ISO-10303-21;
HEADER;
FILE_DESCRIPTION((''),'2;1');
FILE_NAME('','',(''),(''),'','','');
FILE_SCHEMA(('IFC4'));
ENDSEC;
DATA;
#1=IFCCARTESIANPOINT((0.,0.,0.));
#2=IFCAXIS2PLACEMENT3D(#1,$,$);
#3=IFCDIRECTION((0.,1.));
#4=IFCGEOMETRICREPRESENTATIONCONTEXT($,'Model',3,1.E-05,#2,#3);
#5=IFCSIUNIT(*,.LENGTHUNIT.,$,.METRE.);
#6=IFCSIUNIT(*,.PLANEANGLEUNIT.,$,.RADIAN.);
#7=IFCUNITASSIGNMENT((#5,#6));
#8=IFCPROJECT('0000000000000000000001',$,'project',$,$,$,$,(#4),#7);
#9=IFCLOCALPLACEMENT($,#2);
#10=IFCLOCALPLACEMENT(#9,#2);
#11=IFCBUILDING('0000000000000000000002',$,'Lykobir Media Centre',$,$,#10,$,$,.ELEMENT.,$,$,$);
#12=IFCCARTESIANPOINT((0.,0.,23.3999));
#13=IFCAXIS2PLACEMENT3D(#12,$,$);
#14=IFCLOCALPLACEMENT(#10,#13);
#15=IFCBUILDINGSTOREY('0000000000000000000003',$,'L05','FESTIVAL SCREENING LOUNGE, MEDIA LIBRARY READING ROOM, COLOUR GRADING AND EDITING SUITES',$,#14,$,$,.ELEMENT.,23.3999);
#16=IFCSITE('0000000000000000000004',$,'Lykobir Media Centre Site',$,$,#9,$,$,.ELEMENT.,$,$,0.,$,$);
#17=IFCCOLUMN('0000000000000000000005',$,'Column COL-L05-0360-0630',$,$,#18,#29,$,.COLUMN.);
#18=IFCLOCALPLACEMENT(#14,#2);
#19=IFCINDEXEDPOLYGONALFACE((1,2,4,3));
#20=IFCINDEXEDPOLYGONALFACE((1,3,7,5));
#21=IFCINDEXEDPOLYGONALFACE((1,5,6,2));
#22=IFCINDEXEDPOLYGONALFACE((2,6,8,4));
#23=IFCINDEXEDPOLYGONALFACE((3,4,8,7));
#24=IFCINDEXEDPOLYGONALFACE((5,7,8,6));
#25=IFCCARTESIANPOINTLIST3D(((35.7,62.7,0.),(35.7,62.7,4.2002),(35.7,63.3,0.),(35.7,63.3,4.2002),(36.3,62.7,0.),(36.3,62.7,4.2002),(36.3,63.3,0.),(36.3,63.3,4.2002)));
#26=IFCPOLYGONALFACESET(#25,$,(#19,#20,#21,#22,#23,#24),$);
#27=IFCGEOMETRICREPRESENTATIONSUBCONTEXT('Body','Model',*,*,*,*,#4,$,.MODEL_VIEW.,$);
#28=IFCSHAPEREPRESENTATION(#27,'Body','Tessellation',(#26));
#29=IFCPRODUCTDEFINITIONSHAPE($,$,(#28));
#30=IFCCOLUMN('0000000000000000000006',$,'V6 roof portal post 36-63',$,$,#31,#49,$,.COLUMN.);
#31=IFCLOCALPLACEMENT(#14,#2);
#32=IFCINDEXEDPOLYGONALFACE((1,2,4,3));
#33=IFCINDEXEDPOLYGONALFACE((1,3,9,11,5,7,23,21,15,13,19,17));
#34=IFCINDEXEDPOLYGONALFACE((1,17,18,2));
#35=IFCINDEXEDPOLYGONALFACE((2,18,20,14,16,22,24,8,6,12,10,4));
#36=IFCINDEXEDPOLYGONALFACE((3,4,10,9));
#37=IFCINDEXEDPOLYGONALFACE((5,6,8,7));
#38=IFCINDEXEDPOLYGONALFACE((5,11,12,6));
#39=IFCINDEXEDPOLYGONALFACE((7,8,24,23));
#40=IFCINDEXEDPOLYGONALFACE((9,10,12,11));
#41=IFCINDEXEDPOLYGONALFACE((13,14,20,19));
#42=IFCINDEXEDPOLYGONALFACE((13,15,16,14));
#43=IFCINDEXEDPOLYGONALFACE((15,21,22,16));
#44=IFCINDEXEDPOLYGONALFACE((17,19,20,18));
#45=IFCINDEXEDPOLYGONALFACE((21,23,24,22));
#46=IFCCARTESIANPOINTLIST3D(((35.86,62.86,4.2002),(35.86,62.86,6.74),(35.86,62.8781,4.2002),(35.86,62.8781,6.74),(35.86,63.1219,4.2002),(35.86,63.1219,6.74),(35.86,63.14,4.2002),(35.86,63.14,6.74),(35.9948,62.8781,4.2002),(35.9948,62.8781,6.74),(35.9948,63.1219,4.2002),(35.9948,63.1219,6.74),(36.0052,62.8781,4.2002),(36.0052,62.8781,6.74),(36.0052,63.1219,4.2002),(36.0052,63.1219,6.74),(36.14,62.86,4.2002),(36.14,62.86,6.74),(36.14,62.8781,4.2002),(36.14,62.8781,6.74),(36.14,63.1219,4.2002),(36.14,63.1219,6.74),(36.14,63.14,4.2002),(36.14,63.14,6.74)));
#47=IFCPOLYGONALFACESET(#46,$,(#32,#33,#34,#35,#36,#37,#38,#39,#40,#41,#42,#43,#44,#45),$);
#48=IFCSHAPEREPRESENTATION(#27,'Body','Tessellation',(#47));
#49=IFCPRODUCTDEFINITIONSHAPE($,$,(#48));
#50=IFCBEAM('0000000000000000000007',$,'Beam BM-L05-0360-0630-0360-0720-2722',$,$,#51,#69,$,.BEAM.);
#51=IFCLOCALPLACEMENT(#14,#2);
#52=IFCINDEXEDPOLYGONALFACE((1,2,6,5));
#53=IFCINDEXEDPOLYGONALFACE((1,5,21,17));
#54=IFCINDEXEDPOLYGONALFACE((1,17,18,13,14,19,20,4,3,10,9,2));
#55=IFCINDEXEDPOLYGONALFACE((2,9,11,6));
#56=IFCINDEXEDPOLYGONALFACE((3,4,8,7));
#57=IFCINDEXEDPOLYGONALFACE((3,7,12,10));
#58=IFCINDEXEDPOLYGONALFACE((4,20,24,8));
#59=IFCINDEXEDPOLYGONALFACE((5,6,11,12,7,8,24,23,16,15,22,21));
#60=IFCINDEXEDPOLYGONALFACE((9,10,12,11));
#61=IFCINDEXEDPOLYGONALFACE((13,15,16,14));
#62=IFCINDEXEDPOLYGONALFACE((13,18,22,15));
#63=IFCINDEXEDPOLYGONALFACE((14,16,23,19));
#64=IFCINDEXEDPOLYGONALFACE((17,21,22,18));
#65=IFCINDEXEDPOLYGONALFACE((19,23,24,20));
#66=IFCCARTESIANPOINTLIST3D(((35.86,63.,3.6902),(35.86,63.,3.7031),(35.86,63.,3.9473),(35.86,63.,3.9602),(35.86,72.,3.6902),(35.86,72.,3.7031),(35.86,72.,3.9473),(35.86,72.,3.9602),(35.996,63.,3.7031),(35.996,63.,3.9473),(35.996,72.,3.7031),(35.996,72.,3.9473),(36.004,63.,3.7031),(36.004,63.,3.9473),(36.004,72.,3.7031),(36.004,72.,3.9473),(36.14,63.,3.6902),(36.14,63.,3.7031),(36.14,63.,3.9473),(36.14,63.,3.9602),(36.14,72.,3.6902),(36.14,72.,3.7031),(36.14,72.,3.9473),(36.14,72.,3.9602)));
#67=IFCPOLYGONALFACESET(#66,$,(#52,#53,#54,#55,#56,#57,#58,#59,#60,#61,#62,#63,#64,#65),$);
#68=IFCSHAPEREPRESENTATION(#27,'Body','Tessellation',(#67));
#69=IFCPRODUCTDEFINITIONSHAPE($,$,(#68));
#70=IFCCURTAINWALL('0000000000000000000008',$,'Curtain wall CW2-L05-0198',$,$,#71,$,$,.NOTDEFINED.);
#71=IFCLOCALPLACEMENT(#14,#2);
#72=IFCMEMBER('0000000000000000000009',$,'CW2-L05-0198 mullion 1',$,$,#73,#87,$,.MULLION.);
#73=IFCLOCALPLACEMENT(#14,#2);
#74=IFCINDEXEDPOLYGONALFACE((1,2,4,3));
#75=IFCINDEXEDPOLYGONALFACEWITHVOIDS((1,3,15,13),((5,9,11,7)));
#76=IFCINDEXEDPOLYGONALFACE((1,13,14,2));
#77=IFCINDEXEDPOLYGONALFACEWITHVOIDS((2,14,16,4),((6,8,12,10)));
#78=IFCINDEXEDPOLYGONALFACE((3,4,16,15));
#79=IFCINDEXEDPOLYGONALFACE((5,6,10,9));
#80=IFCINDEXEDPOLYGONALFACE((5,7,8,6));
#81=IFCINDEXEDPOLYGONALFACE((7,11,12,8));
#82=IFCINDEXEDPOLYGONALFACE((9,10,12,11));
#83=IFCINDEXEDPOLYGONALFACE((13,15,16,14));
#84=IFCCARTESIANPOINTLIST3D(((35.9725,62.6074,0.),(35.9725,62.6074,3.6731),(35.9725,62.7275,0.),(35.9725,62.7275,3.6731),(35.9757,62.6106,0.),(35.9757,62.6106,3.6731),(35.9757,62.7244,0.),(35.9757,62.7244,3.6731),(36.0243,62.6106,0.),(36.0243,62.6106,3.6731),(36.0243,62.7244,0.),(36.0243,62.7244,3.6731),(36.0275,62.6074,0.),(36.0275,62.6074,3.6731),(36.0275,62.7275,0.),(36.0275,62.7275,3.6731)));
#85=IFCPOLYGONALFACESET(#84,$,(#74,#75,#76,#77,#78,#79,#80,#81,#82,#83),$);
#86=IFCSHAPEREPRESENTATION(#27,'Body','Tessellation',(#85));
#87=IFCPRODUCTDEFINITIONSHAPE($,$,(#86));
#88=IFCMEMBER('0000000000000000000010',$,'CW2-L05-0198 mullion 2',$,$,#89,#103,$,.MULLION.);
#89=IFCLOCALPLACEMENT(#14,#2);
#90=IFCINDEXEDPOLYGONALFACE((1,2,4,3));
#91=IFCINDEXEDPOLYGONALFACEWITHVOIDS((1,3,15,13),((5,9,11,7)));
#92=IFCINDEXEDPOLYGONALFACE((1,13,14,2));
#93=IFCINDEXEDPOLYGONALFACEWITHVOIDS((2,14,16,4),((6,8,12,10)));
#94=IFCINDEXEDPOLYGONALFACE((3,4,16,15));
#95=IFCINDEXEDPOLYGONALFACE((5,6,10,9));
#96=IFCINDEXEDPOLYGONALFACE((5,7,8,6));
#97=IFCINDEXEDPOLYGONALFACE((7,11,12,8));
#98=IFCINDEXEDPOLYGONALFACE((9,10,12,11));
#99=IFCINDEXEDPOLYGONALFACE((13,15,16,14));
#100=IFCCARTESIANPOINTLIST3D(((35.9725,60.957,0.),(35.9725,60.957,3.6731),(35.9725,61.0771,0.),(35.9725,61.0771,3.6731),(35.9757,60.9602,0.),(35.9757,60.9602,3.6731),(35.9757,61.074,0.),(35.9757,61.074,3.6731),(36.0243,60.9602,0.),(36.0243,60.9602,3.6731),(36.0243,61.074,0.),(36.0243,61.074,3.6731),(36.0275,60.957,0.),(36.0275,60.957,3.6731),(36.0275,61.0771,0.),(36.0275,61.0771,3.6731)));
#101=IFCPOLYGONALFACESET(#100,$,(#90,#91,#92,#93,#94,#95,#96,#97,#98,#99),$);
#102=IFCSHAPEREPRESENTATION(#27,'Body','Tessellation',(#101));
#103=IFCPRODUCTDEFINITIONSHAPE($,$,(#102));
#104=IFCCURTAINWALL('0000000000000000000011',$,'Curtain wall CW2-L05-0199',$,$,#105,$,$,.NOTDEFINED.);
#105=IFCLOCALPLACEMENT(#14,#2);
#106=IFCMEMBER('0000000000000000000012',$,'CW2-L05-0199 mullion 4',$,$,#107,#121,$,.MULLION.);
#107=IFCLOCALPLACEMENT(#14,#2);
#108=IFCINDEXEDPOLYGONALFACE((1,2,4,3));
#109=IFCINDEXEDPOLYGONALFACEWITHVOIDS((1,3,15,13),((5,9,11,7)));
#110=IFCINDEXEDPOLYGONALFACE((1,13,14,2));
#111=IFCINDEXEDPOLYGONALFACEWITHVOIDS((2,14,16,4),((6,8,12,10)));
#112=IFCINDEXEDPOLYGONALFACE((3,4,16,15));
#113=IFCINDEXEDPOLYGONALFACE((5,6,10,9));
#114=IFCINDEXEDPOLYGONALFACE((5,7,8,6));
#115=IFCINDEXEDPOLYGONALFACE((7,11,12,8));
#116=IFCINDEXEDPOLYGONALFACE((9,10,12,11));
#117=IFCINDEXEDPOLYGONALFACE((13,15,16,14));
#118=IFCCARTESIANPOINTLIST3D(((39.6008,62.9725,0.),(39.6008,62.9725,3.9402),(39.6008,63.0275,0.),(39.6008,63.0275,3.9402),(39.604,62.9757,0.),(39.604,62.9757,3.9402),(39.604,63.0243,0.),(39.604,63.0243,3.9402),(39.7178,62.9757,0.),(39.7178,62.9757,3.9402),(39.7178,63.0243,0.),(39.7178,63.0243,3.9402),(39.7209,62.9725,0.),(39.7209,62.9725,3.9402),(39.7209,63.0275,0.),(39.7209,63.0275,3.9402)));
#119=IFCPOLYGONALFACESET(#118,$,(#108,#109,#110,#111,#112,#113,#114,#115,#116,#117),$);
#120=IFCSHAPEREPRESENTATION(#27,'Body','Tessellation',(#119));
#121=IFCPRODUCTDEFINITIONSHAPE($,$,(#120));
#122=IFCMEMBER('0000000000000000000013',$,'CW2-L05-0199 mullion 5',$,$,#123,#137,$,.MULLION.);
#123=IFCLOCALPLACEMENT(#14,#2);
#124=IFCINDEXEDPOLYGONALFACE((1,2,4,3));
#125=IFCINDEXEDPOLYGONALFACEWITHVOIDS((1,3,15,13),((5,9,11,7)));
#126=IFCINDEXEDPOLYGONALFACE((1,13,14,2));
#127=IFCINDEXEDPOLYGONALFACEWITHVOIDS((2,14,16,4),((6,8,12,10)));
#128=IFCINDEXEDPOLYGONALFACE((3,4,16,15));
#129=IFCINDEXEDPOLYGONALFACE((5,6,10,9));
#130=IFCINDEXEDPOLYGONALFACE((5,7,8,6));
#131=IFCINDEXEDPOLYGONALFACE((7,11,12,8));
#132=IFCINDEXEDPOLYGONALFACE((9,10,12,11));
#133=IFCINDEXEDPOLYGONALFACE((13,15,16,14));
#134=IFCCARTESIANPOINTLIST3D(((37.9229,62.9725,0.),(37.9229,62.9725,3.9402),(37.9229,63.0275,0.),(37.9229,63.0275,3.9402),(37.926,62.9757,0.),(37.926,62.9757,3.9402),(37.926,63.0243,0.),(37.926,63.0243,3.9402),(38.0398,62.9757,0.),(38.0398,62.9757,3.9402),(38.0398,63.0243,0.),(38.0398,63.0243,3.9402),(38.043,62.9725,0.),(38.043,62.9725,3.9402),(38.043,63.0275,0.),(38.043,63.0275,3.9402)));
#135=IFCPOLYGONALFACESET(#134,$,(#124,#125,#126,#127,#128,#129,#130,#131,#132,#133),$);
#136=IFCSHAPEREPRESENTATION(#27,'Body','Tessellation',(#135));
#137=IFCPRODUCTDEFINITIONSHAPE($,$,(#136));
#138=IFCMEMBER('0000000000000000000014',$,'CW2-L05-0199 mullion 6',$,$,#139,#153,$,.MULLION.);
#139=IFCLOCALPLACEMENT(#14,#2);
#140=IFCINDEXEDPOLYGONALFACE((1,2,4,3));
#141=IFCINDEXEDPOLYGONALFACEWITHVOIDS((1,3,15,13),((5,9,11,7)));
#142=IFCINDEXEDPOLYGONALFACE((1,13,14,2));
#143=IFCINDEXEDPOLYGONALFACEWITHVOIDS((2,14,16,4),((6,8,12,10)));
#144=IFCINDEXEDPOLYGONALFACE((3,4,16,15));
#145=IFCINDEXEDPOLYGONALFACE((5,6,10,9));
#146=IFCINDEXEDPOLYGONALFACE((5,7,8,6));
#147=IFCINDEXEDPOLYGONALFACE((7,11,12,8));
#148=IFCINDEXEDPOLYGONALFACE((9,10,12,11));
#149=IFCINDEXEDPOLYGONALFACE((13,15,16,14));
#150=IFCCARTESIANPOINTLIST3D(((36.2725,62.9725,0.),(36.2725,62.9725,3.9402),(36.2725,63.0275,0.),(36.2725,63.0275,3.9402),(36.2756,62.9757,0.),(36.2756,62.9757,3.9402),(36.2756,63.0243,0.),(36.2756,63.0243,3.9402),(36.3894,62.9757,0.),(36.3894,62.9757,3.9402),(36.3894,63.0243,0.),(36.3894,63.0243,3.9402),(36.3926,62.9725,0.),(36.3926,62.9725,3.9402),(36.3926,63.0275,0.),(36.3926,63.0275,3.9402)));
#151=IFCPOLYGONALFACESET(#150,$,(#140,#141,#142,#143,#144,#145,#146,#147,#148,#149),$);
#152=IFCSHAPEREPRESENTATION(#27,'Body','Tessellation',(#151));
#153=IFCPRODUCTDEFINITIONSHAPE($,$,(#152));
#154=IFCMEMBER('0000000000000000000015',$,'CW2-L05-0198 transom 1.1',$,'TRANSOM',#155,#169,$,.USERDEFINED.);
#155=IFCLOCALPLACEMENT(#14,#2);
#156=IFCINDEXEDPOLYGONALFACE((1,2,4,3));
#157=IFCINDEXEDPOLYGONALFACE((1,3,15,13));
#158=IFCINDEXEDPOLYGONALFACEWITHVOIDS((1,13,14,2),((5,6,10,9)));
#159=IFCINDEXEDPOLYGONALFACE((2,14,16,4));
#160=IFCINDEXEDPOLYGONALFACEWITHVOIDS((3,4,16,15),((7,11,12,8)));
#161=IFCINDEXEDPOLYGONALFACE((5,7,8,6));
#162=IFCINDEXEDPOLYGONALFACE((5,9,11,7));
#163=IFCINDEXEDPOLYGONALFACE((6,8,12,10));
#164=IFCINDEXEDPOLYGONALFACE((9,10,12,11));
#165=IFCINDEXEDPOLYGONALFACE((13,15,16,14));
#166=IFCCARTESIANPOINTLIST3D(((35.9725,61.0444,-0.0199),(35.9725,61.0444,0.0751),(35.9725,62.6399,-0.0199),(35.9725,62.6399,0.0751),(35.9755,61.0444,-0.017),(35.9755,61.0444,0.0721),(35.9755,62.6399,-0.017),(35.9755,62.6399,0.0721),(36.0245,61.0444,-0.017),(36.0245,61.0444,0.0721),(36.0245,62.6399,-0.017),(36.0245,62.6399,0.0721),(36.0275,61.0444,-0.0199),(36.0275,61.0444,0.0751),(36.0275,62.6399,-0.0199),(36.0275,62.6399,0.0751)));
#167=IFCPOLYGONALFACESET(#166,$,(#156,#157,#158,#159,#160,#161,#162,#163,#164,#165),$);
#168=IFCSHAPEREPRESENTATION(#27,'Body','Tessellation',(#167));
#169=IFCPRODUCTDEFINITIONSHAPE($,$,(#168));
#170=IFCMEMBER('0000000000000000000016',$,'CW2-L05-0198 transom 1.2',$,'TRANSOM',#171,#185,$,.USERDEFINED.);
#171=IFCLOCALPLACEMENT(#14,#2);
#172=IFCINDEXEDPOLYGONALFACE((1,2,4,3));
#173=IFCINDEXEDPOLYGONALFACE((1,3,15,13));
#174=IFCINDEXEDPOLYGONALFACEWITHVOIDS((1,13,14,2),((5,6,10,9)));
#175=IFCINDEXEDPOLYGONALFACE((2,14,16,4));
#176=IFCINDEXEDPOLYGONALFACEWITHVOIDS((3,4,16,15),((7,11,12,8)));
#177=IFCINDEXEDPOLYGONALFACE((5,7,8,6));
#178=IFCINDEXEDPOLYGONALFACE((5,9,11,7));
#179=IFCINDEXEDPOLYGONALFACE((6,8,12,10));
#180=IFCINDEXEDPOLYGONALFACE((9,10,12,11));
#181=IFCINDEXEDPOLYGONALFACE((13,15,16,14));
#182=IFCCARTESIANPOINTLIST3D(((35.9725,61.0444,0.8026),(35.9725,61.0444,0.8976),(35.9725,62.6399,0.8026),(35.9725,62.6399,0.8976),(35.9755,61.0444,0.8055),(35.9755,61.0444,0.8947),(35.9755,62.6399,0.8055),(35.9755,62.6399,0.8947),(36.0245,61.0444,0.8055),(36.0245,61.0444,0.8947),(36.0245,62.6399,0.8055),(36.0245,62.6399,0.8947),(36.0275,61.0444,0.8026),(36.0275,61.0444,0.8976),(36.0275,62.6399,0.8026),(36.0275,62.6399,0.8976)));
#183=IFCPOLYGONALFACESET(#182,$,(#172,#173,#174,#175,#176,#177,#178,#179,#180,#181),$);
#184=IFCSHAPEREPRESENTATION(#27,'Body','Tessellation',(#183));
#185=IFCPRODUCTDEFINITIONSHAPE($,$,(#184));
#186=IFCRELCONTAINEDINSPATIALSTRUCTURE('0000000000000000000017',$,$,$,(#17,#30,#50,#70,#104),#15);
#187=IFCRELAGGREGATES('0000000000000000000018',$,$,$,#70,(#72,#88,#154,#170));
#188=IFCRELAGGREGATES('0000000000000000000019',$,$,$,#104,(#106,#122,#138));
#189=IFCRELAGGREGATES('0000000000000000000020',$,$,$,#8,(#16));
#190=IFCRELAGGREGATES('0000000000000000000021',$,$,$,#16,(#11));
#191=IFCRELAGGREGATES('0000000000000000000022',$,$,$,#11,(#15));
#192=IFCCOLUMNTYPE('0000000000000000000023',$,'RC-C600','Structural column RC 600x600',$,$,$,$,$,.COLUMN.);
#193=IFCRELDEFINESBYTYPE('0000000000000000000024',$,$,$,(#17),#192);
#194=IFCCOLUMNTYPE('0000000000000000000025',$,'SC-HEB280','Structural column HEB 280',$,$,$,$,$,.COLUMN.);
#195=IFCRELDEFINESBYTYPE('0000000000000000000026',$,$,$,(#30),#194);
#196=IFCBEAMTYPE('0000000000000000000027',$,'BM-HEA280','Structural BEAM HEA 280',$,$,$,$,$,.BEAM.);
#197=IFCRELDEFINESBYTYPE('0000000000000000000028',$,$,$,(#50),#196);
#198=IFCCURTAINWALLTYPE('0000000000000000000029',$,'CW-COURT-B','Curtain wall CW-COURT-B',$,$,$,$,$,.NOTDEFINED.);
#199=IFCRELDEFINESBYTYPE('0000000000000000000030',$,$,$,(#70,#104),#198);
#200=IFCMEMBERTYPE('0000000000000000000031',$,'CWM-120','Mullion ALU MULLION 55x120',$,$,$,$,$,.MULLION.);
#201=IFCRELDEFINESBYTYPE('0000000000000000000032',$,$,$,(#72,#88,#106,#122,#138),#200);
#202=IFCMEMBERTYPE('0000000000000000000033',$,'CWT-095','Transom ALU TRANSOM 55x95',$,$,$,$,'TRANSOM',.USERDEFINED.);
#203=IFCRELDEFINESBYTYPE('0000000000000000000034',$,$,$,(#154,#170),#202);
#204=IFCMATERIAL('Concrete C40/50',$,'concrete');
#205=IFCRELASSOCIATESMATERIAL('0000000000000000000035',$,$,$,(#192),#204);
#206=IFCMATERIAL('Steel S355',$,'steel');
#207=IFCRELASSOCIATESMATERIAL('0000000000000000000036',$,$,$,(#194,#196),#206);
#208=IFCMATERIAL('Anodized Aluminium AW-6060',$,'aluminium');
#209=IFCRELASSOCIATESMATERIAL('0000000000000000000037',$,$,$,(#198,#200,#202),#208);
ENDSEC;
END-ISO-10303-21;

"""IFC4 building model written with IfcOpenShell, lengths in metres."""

from ifc_helpers import new_model, si_unit, direction, frame, origin, origin_2d, place, context, subcontext, project, spatial, rectangle, hollow_rectangle, i_section, extrude, material, material_profile, profile_set, type_object, element, aggregate, save


model = new_model("IFC4")

# Units and contexts
model_context = context("Model", 3, precision=1e-05, world=origin(), true_north=direction((0.0, 1.0)))
body_context = subcontext(model_context, "Body", "Model", "MODEL_VIEW")
ifc_project = project(units=[si_unit("LENGTHUNIT", "METRE"), si_unit("PLANEANGLEUNIT", "RADIAN")], contexts=[model_context])

# Site, building, storey
site_placement = place(None, origin())
site = spatial("IfcSite", under=ifc_project, at=site_placement, Name="Lykobir Media Centre Site", CompositionType="ELEMENT", RefElevation=0.0)
building_placement = place(site_placement, origin())
building = spatial("IfcBuilding", under=site, at=building_placement, Name="Lykobir Media Centre", CompositionType="ELEMENT")
storey_placement = place(building_placement, frame((0.0, 0.0, 23.3999)))
storey = spatial("IfcBuildingStorey", under=building, at=storey_placement, Name="L05", Description="FESTIVAL SCREENING LOUNGE, MEDIA LIBRARY READING ROOM, COLOUR GRADING AND EDITING SUITES", CompositionType="ELEMENT", Elevation=23.3999)

# Columns
ifc_material_1 = material(Name="Concrete C40/50", Category="concrete")
ifc_material_profile_1 = material_profile(ifc_material_1, rectangle(XDim=0.6001, YDim=0.6001, at=origin_2d()), Name="RC 600x600")
ifc_profile_set_1 = profile_set([ifc_material_profile_1], Name="Concrete C40/50")
column_type_1 = type_object("IfcColumnType", Name="RC-C600", Description="Structural column RC 600x600", PredefinedType="COLUMN", material=ifc_profile_set_1)
column_1_placement = place(storey_placement, frame((36.0, 63.0, 0.0), z_axis=(0.0, 0.0, 1.0), x_axis=(1.0, 0.0, 0.0)))
element("IfcColumn", 1, at=column_1_placement, inside=storey, type_object=column_type_1, Name="Column COL-L05-0360-0630", PredefinedType="COLUMN", context=body_context, shape_type="SweptSolid", body=[
    extrude(rectangle(XDim=0.6001, YDim=0.6001, at=origin_2d()), origin(), (0.0, 0.0, 1.0), 4.2002),
])
ifc_material_2 = material(Name="Steel S355", Category="steel")
ifc_material_profile_2 = material_profile(ifc_material_2, i_section(OverallWidth=0.28, OverallDepth=0.28, WebThickness=0.0105, FlangeThickness=0.0181, at=origin_2d()), Name="HEB 280")
ifc_profile_set_2 = profile_set([ifc_material_profile_2], Name="Steel S355")
column_type_2 = type_object("IfcColumnType", Name="SC-HEB280", Description="Structural column HEB 280", PredefinedType="COLUMN", material=ifc_profile_set_2)
column_2_placement = place(storey_placement, frame((36.0, 63.0, 4.2002), z_axis=(0.0, 0.0, 1.0), x_axis=(1.0, 0.0, 0.0)))
element("IfcColumn", 2, at=column_2_placement, inside=storey, type_object=column_type_2, Name="V6 roof portal post 36-63", PredefinedType="COLUMN", context=body_context, shape_type="SweptSolid", body=[
    extrude(i_section(OverallWidth=0.28, OverallDepth=0.28, WebThickness=0.0105, FlangeThickness=0.0181, at=origin_2d()), origin(), (0.0, 0.0, 1.0), 2.5398),
])

# Beam
ifc_material_profile_3 = material_profile(ifc_material_2, i_section(OverallWidth=0.28, OverallDepth=0.27, WebThickness=0.0081, FlangeThickness=0.0129, at=origin_2d()), Name="HEA 280")
ifc_profile_set_3 = profile_set([ifc_material_profile_3], Name="Steel S355")
beam_type = type_object("IfcBeamType", Name="BM-HEA280", Description="Structural BEAM HEA 280", PredefinedType="BEAM", material=ifc_profile_set_3)
beam_placement = place(storey_placement, frame((36.0, 63.0, 3.8252), z_axis=(0.0, 1.0, 0.0), x_axis=(-1.0, 0.0, 0.0)))
element("IfcBeam", 3, at=beam_placement, inside=storey, type_object=beam_type, Name="Beam BM-L05-0360-0630-0360-0720-2722", PredefinedType="BEAM", context=body_context, shape_type="SweptSolid", body=[
    extrude(i_section(OverallWidth=0.28, OverallDepth=0.27, WebThickness=0.0081, FlangeThickness=0.0129, at=origin_2d()), origin(), (0.0, 0.0, 1.0), 9.0),
])

# Curtain walls, members
ifc_material_3 = material(Name="Anodized Aluminium AW-6060", Category="aluminium")
curtain_wall_type = type_object("IfcCurtainWallType", Name="CW-COURT-B", Description="Curtain wall CW-COURT-B", PredefinedType="NOTDEFINED", material=ifc_material_3)
curtain_wall_1_placement = place(storey_placement, origin())
curtain_wall_1 = element("IfcCurtainWall", 4, at=curtain_wall_1_placement, inside=storey, type_object=curtain_wall_type, Name="Curtain wall CW2-L05-0198", PredefinedType="NOTDEFINED")
ifc_material_profile_4 = material_profile(ifc_material_3, hollow_rectangle(XDim=0.0549, YDim=0.1201, WallThickness=0.0032, at=origin_2d()), Name="ALU MULLION 55x120")
ifc_profile_set_4 = profile_set([ifc_material_profile_4], Name="Anodized Aluminium AW-6060")
member_type_1 = type_object("IfcMemberType", Name="CWM-120", Description="Mullion ALU MULLION 55x120", PredefinedType="MULLION", material=ifc_profile_set_4)
member_1_placement = place(storey_placement, frame((36.0, 62.6675, 0.0), z_axis=(0.0, 0.0, 1.0), x_axis=(1.0, 0.0, 0.0)))
member_1 = element("IfcMember", 5, at=member_1_placement, type_object=member_type_1, Name="CW2-L05-0198 mullion 1", PredefinedType="MULLION", context=body_context, shape_type="SweptSolid", body=[
    extrude(hollow_rectangle(XDim=0.0549, YDim=0.1201, WallThickness=0.0032, at=origin_2d()), origin(), (0.0, 0.0, 1.0), 3.6731),
])
member_2_placement = place(storey_placement, frame((36.0, 61.0171, 0.0), z_axis=(0.0, 0.0, 1.0), x_axis=(1.0, 0.0, 0.0)))
member_2 = element("IfcMember", 6, at=member_2_placement, type_object=member_type_1, Name="CW2-L05-0198 mullion 2", PredefinedType="MULLION", context=body_context, shape_type="SweptSolid", body=[
    extrude(hollow_rectangle(XDim=0.0549, YDim=0.1201, WallThickness=0.0032, at=origin_2d()), origin(), (0.0, 0.0, 1.0), 3.6731),
])
curtain_wall_2_placement = place(storey_placement, origin())
curtain_wall_2 = element("IfcCurtainWall", 7, at=curtain_wall_2_placement, inside=storey, type_object=curtain_wall_type, Name="Curtain wall CW2-L05-0199", PredefinedType="NOTDEFINED")
member_3_placement = place(storey_placement, frame((39.6609, 63.0, 0.0), z_axis=(0.0, 0.0, 1.0), x_axis=(0.0, -1.0, 0.0)))
member_3 = element("IfcMember", 8, at=member_3_placement, type_object=member_type_1, Name="CW2-L05-0199 mullion 4", PredefinedType="MULLION", context=body_context, shape_type="SweptSolid", body=[
    extrude(hollow_rectangle(XDim=0.0549, YDim=0.1201, WallThickness=0.0032, at=origin_2d()), origin(), (0.0, 0.0, 1.0), 3.9402),
])
member_4_placement = place(storey_placement, frame((37.9829, 63.0, 0.0), z_axis=(0.0, 0.0, 1.0), x_axis=(0.0, -1.0, 0.0)))
member_4 = element("IfcMember", 9, at=member_4_placement, type_object=member_type_1, Name="CW2-L05-0199 mullion 5", PredefinedType="MULLION", context=body_context, shape_type="SweptSolid", body=[
    extrude(hollow_rectangle(XDim=0.0549, YDim=0.1201, WallThickness=0.0032, at=origin_2d()), origin(), (0.0, 0.0, 1.0), 3.9402),
])
member_5_placement = place(storey_placement, frame((36.3325, 63.0, 0.0), z_axis=(0.0, 0.0, 1.0), x_axis=(0.0, -1.0, 0.0)))
member_5 = element("IfcMember", 10, at=member_5_placement, type_object=member_type_1, Name="CW2-L05-0199 mullion 6", PredefinedType="MULLION", context=body_context, shape_type="SweptSolid", body=[
    extrude(hollow_rectangle(XDim=0.0549, YDim=0.1201, WallThickness=0.0032, at=origin_2d()), origin(), (0.0, 0.0, 1.0), 3.9402),
])

# Members
ifc_material_profile_5 = material_profile(ifc_material_3, hollow_rectangle(XDim=0.0549, YDim=0.095, WallThickness=0.0029, at=origin_2d()), Name="ALU TRANSOM 55x95")
ifc_profile_set_5 = profile_set([ifc_material_profile_5], Name="Anodized Aluminium AW-6060")
member_type_2 = type_object("IfcMemberType", Name="CWT-095", Description="Transom ALU TRANSOM 55x95", ElementType="TRANSOM", PredefinedType="USERDEFINED", material=ifc_profile_set_5)
member_6_placement = place(storey_placement, frame((36.0, 62.6399, 0.0276), z_axis=(0.0, -1.0, 0.0), x_axis=(1.0, 0.0, 0.0)))
member_6 = element("IfcMember", 11, at=member_6_placement, type_object=member_type_2, Name="CW2-L05-0198 transom 1.1", ObjectType="TRANSOM", PredefinedType="USERDEFINED", context=body_context, shape_type="SweptSolid", body=[
    extrude(hollow_rectangle(XDim=0.0549, YDim=0.095, WallThickness=0.0029, at=origin_2d()), origin(), (0.0, 0.0, 1.0), 1.5955),
])
member_7_placement = place(storey_placement, frame((36.0, 62.6399, 0.8501), z_axis=(0.0, -1.0, 0.0), x_axis=(1.0, 0.0, 0.0)))
member_7 = element("IfcMember", 12, at=member_7_placement, type_object=member_type_2, Name="CW2-L05-0198 transom 1.2", ObjectType="TRANSOM", PredefinedType="USERDEFINED", context=body_context, shape_type="SweptSolid", body=[
    extrude(hollow_rectangle(XDim=0.0549, YDim=0.095, WallThickness=0.0029, at=origin_2d()), origin(), (0.0, 0.0, 1.0), 1.5955),
])

aggregate(curtain_wall_1, [member_1, member_2, member_6, member_7])
aggregate(curtain_wall_2, [member_3, member_4, member_5])

save(model, "model.ifc")
